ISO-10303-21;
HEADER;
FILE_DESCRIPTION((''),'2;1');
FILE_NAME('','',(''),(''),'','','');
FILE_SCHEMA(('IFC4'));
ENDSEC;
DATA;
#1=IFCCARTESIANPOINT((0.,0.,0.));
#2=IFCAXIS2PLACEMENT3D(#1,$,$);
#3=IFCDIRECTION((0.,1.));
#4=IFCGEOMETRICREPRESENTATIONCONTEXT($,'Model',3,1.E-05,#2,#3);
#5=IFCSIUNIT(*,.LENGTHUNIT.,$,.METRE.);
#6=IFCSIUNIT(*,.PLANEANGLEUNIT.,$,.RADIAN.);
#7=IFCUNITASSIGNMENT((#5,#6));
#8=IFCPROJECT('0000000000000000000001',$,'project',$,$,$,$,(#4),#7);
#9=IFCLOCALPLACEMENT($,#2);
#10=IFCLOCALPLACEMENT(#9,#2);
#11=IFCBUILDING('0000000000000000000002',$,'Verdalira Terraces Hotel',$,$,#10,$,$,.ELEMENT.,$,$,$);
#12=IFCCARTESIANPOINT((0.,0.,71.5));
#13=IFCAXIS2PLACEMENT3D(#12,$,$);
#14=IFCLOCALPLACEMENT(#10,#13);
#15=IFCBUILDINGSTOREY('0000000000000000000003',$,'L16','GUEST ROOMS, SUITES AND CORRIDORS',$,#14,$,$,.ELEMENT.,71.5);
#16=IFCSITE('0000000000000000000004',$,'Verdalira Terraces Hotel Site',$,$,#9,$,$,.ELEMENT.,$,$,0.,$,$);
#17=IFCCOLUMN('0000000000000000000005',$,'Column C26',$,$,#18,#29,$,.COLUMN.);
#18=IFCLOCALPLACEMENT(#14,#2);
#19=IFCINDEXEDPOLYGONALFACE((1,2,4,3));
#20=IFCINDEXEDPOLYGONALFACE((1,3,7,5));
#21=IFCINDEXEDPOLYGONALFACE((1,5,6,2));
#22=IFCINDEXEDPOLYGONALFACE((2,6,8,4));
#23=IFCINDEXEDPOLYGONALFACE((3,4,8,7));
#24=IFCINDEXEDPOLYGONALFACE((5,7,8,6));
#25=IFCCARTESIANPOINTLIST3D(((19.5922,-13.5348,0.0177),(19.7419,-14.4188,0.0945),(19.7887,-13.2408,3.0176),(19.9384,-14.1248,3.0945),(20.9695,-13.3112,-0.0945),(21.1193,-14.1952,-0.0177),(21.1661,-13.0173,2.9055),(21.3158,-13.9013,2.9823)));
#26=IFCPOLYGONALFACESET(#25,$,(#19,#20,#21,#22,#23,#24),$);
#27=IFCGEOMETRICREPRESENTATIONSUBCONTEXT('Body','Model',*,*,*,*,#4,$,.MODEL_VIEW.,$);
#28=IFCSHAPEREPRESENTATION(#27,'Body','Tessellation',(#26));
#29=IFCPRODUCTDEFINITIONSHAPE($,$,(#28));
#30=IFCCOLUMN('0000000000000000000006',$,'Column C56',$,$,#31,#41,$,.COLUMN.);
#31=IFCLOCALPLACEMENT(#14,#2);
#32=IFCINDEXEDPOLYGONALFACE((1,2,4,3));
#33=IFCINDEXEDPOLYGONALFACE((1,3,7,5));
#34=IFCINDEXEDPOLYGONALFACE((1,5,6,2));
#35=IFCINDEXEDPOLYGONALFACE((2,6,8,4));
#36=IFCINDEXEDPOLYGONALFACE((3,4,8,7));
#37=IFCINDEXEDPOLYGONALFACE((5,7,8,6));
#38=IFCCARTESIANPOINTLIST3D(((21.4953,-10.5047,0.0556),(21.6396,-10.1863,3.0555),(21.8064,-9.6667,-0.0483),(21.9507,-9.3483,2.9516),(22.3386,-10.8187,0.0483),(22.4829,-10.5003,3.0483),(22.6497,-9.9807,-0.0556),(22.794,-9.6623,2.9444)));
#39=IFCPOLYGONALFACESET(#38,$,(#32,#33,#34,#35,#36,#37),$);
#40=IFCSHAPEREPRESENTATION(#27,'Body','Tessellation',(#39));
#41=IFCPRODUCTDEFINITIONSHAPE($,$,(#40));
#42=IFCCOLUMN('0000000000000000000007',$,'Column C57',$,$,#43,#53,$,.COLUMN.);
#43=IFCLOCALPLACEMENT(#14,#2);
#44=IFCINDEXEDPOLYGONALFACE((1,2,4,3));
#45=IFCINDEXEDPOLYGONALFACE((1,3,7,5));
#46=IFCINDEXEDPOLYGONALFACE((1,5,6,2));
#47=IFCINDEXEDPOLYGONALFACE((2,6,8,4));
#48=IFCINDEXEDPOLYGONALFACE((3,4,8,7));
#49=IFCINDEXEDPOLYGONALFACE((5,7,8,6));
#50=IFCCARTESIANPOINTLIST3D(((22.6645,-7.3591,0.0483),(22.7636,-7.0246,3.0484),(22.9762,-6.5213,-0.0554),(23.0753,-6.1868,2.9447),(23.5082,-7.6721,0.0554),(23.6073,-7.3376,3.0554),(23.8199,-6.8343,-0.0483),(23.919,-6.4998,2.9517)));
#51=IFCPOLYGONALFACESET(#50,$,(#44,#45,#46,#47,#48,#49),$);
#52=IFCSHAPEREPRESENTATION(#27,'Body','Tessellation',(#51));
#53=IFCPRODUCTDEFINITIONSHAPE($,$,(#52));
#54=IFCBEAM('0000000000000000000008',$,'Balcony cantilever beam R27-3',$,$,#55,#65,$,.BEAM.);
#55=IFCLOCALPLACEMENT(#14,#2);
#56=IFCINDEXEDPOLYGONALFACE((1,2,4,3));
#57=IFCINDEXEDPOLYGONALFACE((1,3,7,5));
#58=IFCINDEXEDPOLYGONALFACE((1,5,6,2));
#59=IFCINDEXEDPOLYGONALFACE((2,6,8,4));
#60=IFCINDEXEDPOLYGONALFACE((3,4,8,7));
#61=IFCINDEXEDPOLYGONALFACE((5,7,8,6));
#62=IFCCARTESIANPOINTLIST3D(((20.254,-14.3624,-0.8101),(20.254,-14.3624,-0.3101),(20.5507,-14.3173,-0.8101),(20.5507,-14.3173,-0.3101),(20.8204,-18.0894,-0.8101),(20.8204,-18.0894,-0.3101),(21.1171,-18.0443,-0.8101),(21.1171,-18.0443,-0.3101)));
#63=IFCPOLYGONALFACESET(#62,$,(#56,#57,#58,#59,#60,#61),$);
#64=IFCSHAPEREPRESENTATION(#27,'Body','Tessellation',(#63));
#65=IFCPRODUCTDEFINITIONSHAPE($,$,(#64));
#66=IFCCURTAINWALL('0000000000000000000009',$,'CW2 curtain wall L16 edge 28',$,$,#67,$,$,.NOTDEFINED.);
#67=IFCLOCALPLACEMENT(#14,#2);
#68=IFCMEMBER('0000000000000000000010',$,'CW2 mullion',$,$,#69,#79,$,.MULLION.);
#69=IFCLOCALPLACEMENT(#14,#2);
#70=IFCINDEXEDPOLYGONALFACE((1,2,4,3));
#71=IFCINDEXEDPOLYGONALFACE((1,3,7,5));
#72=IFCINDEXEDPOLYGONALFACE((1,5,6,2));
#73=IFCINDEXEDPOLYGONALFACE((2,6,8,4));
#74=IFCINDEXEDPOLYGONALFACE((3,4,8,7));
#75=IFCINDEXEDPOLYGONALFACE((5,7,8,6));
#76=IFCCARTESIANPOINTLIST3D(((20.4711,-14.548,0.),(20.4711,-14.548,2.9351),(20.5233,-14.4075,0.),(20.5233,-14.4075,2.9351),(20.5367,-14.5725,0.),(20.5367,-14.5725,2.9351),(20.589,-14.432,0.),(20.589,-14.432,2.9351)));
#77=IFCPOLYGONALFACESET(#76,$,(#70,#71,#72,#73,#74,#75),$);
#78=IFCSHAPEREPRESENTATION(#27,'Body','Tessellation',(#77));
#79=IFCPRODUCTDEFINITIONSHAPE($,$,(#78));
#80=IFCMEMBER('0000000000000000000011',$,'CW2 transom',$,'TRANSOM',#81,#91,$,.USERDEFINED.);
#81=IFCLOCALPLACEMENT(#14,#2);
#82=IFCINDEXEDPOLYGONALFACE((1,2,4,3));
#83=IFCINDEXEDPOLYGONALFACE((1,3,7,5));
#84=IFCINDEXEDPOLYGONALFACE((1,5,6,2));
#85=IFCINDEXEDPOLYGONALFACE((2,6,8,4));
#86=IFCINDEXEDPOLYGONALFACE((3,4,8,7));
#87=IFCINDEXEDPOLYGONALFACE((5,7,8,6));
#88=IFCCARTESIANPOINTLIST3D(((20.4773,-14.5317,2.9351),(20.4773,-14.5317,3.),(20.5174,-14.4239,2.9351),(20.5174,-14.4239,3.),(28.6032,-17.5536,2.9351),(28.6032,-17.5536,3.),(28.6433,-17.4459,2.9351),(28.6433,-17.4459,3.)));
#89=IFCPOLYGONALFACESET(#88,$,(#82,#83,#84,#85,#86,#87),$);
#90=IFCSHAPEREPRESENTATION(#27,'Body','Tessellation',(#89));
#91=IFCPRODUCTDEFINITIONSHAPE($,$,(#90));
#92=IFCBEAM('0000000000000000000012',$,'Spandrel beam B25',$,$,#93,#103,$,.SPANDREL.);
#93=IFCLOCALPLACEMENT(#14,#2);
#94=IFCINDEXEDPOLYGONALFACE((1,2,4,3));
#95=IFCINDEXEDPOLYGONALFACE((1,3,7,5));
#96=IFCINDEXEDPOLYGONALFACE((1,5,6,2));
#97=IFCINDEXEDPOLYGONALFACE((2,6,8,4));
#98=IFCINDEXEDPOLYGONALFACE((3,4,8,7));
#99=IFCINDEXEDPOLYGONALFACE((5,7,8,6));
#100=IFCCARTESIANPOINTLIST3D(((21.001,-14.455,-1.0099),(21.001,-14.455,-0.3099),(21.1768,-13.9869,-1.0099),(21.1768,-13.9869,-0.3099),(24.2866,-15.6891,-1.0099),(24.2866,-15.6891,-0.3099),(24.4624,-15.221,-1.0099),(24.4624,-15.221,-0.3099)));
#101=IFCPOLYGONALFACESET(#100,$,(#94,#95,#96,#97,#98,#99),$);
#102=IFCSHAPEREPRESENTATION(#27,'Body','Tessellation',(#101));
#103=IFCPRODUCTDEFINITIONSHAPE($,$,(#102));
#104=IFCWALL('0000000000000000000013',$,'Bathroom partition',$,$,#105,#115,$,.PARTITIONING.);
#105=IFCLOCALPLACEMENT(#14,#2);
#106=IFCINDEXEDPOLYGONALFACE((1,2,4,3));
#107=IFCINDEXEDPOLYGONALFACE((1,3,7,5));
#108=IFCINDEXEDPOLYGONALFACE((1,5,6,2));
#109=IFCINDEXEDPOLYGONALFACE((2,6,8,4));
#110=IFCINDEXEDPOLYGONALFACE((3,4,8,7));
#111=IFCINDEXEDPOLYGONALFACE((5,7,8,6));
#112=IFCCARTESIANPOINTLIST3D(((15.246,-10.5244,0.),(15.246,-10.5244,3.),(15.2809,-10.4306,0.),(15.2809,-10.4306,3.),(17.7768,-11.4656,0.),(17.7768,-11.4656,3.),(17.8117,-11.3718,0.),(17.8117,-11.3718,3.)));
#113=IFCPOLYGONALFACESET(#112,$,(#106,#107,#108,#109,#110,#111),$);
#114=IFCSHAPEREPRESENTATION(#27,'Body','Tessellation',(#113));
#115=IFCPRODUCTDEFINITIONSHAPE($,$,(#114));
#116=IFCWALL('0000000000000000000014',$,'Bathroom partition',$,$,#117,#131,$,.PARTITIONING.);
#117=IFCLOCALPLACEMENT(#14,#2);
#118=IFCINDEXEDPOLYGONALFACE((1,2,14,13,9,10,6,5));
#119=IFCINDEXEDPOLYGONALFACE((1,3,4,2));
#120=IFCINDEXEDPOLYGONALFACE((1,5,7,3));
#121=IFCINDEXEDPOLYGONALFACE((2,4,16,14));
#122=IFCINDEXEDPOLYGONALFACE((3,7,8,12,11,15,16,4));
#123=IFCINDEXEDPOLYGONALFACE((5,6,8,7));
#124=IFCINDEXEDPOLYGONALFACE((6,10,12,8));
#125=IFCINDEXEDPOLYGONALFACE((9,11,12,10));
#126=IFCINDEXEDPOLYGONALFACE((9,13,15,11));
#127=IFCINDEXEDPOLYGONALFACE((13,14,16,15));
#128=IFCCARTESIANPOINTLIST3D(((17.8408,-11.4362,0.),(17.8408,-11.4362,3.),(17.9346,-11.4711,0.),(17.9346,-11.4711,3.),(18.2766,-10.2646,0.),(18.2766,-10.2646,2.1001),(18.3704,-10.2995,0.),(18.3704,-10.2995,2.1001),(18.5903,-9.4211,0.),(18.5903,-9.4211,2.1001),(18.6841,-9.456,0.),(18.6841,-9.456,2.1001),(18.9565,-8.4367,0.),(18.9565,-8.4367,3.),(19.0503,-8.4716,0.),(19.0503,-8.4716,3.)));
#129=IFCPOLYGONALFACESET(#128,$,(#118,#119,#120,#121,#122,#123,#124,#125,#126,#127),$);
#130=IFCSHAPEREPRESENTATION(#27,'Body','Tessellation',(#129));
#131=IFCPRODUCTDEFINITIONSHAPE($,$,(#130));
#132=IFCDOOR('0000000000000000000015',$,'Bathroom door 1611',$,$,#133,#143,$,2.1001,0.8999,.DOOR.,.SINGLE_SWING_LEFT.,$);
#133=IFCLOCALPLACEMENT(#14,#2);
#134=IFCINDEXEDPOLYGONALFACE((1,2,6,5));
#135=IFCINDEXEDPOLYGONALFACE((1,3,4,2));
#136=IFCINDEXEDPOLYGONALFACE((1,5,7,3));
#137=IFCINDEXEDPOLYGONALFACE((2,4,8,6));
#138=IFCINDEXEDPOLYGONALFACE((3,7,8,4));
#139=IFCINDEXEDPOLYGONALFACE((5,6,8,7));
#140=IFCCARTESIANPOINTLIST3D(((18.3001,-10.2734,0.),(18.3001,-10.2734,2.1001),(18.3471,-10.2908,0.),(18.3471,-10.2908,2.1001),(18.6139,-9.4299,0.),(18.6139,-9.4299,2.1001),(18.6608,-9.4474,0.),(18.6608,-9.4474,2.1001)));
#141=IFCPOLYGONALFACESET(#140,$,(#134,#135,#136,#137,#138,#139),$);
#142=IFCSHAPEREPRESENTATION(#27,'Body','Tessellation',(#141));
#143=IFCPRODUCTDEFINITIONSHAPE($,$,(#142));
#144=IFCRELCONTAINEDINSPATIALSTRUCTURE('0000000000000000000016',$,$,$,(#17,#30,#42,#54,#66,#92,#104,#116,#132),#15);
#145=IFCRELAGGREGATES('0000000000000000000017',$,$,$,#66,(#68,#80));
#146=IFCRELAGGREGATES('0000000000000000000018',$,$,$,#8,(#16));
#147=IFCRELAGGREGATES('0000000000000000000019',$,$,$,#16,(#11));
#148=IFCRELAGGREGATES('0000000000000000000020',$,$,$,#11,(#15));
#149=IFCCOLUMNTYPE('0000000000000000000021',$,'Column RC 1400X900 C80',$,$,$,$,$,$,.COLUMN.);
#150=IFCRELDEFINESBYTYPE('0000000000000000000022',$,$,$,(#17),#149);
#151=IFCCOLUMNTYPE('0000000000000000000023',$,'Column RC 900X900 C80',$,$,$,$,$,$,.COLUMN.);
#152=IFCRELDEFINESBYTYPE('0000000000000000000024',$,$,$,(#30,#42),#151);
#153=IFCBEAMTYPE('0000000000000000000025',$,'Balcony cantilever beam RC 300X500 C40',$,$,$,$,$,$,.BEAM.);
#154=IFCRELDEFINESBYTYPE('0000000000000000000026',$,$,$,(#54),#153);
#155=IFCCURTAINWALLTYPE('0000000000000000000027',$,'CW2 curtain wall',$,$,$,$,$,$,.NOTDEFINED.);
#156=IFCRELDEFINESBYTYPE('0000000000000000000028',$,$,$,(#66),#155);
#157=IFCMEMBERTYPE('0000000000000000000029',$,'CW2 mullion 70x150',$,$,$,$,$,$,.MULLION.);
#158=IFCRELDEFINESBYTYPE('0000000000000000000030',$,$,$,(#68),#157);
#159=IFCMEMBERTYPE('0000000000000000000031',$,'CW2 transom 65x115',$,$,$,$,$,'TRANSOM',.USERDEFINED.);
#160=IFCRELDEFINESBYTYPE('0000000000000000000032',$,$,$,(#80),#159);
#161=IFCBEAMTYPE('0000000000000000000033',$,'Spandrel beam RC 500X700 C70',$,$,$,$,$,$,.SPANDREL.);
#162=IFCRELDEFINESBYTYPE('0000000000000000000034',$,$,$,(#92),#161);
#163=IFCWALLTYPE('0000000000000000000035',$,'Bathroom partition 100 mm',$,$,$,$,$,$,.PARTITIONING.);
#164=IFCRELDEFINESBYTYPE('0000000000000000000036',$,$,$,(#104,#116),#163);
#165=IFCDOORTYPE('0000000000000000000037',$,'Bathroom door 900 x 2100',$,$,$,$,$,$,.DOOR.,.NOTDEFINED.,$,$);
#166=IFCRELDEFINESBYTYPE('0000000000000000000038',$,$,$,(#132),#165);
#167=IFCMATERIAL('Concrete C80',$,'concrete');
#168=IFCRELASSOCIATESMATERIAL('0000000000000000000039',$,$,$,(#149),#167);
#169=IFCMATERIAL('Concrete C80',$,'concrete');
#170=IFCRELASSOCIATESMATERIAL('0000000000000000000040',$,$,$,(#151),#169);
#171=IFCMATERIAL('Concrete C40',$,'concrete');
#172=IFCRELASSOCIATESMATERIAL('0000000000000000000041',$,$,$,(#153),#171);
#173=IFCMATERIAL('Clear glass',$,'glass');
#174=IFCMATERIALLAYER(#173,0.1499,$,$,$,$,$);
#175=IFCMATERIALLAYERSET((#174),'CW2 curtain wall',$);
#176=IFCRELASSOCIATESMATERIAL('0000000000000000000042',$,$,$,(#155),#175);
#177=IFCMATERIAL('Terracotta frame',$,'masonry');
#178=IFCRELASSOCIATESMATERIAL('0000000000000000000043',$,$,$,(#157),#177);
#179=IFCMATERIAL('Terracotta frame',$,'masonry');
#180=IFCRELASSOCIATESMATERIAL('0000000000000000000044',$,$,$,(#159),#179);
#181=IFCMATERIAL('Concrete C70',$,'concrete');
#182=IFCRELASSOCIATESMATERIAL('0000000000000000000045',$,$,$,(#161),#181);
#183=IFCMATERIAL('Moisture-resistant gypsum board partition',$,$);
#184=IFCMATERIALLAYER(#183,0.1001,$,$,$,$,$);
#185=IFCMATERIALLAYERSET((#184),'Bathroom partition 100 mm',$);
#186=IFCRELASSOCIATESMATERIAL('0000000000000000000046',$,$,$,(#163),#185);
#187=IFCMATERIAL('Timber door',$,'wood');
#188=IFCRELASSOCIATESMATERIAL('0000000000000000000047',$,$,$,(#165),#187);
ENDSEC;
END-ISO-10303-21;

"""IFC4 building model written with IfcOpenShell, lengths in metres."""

from ifc_helpers import new_model, si_unit, direction, frame, frame_2d, origin, origin_2d, place, context, subcontext, project, spatial, rectangle, extrude, material, layer, layer_set, material_profile, profile_set, type_object, element, fill, aggregate, save


model = new_model("IFC4")

# Units and contexts
model_context = context("Model", 3, precision=1e-05, world=origin(), true_north=direction((0.0, 1.0)))
body_context = subcontext(model_context, "Body", "Model", "MODEL_VIEW")
ifc_project = project(units=[si_unit("LENGTHUNIT", "METRE"), si_unit("PLANEANGLEUNIT", "RADIAN")], contexts=[model_context])

# Site, building, storey
site_placement = place(None, origin())
site = spatial("IfcSite", under=ifc_project, at=site_placement, Name="Verdalira Terraces Hotel Site", CompositionType="ELEMENT", RefElevation=0.0)
building_placement = place(site_placement, origin())
building = spatial("IfcBuilding", under=site, at=building_placement, Name="Verdalira Terraces Hotel", CompositionType="ELEMENT")
storey_placement = place(building_placement, frame((0.0, 0.0, 71.5)))
storey = spatial("IfcBuildingStorey", under=building, at=storey_placement, Name="L16", Description="GUEST ROOMS, SUITES AND CORRIDORS", CompositionType="ELEMENT", Elevation=71.5)

# Columns
ifc_material_1 = material(Name="Concrete C80", Category="concrete")
ifc_material_profile_1 = material_profile(ifc_material_1, rectangle(XDim=1.3999, YDim=0.8999, at=origin_2d()), Name="RC 1400X900")
ifc_profile_set_1 = profile_set([ifc_material_profile_1], Name="Concrete C80")
column_type_1 = type_object("IfcColumnType", Name="Column RC 1400X900 C80", PredefinedType="COLUMN", material=ifc_profile_set_1)
column_placement = place(storey_placement, frame((20.3557, -13.865, 0.0), z_axis=(0.065061, 0.097308, 0.993125), x_axis=(-0.983912, -0.159691, 0.080104)))
element("IfcColumn", 1, at=column_placement, inside=storey, type_object=column_type_1, Name="Column C26", PredefinedType="COLUMN", context=body_context, shape_type="SweptSolid", body=[
    extrude(rectangle(XDim=1.3999, YDim=0.8999, at=origin_2d()), origin(), (0.0, 0.0, 1.0), 3.0208),
])
ifc_material_2 = material(Name="Concrete C80", Category="concrete")
ifc_material_profile_2 = material_profile(ifc_material_2, rectangle(XDim=0.8999, YDim=0.8999, at=origin_2d()), Name="RC 900X900")
ifc_profile_set_2 = profile_set([ifc_material_profile_2], Name="Concrete C80")
column_type_2 = type_object("IfcColumnType", Name="Column RC 900X900 C80", PredefinedType="COLUMN", material=ifc_profile_set_2)
for number, where, z_axis, x_axis, name in (
    (2, (22.0725, -10.2427, 0.0), (0.047773, 0.105407, 0.993281), (0.937124, -0.348905, -0.008046), "Column C56"),
    (3, (23.2422, -7.0967, 0.0), (0.032819, 0.110745, 0.993307), (0.937521, -0.347841, 0.007805), "Column C57"),
):
    element("IfcColumn", number, at=place(storey_placement, frame(where, z_axis=z_axis, x_axis=x_axis)), inside=storey, type_object=column_type_2, Name=name, PredefinedType="COLUMN", context=body_context, shape_type="SweptSolid", body=[
        extrude(rectangle(XDim=0.8999, YDim=0.8999, at=origin_2d()), origin(), (0.0, 0.0, 1.0), 3.0203),
    ])

# Beam
ifc_material_3 = material(Name="Concrete C40", Category="concrete")
ifc_material_profile_3 = material_profile(ifc_material_3, rectangle(XDim=0.3, YDim=0.5, at=origin_2d()), Name="RC 300X500")
ifc_profile_set_3 = profile_set([ifc_material_profile_3], Name="Concrete C40")
beam_type_1 = type_object("IfcBeamType", Name="Balcony cantilever beam RC 300X500 C40", PredefinedType="BEAM", material=ifc_profile_set_3)
beam_1_placement = place(storey_placement, frame((20.4023, -14.3398, -0.5601), z_axis=(0.150247, -0.988649, 0.0), x_axis=(0.988649, 0.150247, 0.0)))
element("IfcBeam", 4, at=beam_1_placement, inside=storey, type_object=beam_type_1, Name="Balcony cantilever beam R27-3", PredefinedType="BEAM", context=body_context, shape_type="SweptSolid", body=[
    extrude(rectangle(XDim=0.3, YDim=0.5, at=origin_2d()), origin(), (0.0, 0.0, 1.0), 3.7698),
])

# Curtain wall, members
ifc_material_4 = material(Name="Clear glass", Category="glass")
ifc_layer_1 = layer(ifc_material_4, 0.1499)
ifc_layer_set_1 = layer_set([ifc_layer_1], Name="CW2 curtain wall")
curtain_wall_type = type_object("IfcCurtainWallType", Name="CW2 curtain wall", PredefinedType="NOTDEFINED", material=ifc_layer_set_1)
curtain_wall_placement = place(storey_placement, origin())
curtain_wall = element("IfcCurtainWall", 5, at=curtain_wall_placement, inside=storey, type_object=curtain_wall_type, Name="CW2 curtain wall L16 edge 28", PredefinedType="NOTDEFINED")
ifc_material_5 = material(Name="Terracotta frame", Category="masonry")
ifc_material_profile_4 = material_profile(ifc_material_5, rectangle(XDim=0.0701, YDim=0.1499, at=origin_2d()), Name="MU 70x150")
ifc_profile_set_4 = profile_set([ifc_material_profile_4], Name="Terracotta frame")
member_type_1 = type_object("IfcMemberType", Name="CW2 mullion 70x150", PredefinedType="MULLION", material=ifc_profile_set_4)
member_1_placement = place(storey_placement, frame((20.53, -14.49, 0.0), z_axis=(0.0, 0.0, 1.0), x_axis=(0.937282, -0.348572, 0.0)))
member_1 = element("IfcMember", 6, at=member_1_placement, type_object=member_type_1, Name="CW2 mullion", PredefinedType="MULLION", context=body_context, shape_type="SweptSolid", body=[
    extrude(rectangle(XDim=0.0701, YDim=0.1499, at=origin_2d()), origin(), (0.0, 0.0, 1.0), 2.9351),
])
ifc_material_6 = material(Name="Terracotta frame", Category="masonry")
ifc_material_profile_5 = material_profile(ifc_material_6, rectangle(XDim=0.115, YDim=0.0649, at=origin_2d()), Name="TR 65x115")
ifc_profile_set_5 = profile_set([ifc_material_profile_5], Name="Terracotta frame")
member_type_2 = type_object("IfcMemberType", Name="CW2 transom 65x115", ElementType="TRANSOM", PredefinedType="USERDEFINED", material=ifc_profile_set_5)
member_2_placement = place(storey_placement, frame((20.4973, -14.4778, 2.9675), z_axis=(0.937284, -0.348567, 0.0), x_axis=(0.348567, 0.937284, 0.0)))
member_2 = element("IfcMember", 7, at=member_2_placement, type_object=member_type_2, Name="CW2 transom", ObjectType="TRANSOM", PredefinedType="USERDEFINED", context=body_context, shape_type="SweptSolid", body=[
    extrude(rectangle(XDim=0.115, YDim=0.0649, at=origin_2d()), origin(), (0.0, 0.0, 1.0), 8.6697),
])
aggregate(curtain_wall, [member_1, member_2])

# Beam
ifc_material_7 = material(Name="Concrete C70", Category="concrete")
ifc_material_profile_6 = material_profile(ifc_material_7, rectangle(XDim=0.5, YDim=0.7, at=origin_2d()), Name="RC 500X700")
ifc_profile_set_6 = profile_set([ifc_material_profile_6], Name="Concrete C70")
beam_type_2 = type_object("IfcBeamType", Name="Spandrel beam RC 500X700 C70", PredefinedType="SPANDREL", material=ifc_profile_set_6)
beam_2_placement = place(storey_placement, frame((21.0889, -14.2209, -0.6599), z_axis=(0.93614, -0.351627, 0.0), x_axis=(0.351627, 0.93614, 0.0)))
element("IfcBeam", 8, at=beam_2_placement, inside=storey, type_object=beam_type_2, Name="Spandrel beam B25", PredefinedType="SPANDREL", context=body_context, shape_type="SweptSolid", body=[
    extrude(rectangle(XDim=0.5, YDim=0.7, at=origin_2d()), origin(), (0.0, 0.0, 1.0), 3.5098),
])

# Wall
ifc_material_8 = material(Name="Moisture-resistant gypsum board partition")
ifc_layer_2 = layer(ifc_material_8, 0.1001)
ifc_layer_set_2 = layer_set([ifc_layer_2], Name="Bathroom partition 100 mm")
wall_type_1 = type_object("IfcWallType", Name="Bathroom partition 100 mm", PredefinedType="PARTITIONING", material=ifc_layer_set_2)
wall_1_placement = place(storey_placement, frame((15.2634, -10.4775, 0.0), z_axis=(0.0, 0.0, 1.0), x_axis=(0.937284, -0.348566, 0.0)))
element("IfcWall", 9, at=wall_1_placement, inside=storey, type_object=wall_type_1, Name="Bathroom partition", PredefinedType="PARTITIONING", context=body_context, shape_type="SweptSolid", body=[
    extrude(rectangle(XDim=2.7002, YDim=0.1001, at=frame_2d((1.3501, 0.0))), origin(), (0.0, 0.0, 1.0), 3.0),
])

# Wall, opening, door
wall_2_placement = place(storey_placement, frame((17.8877, -11.4536, 0.0), z_axis=(0.0, 0.0, 1.0), x_axis=(0.348631, 0.93726, 0.0)))
wall_2 = element("IfcWall", 10, at=wall_2_placement, inside=storey, type_object=wall_type_1, Name="Bathroom partition", PredefinedType="PARTITIONING", context=body_context, shape_type="SweptSolid", body=[
    extrude(rectangle(XDim=3.2002, YDim=0.1001, at=frame_2d((1.6001, 0.0))), origin(), (0.0, 0.0, 1.0), 3.0),
])
opening_1_placement = place(wall_2_placement, frame((1.25, 0.0, 0.0)))
opening_1 = element("IfcOpeningElement", 11, at=opening_1_placement, cuts=wall_2, PredefinedType="OPENING", context=body_context, shape_type="SweptSolid", body=[
    extrude(rectangle(XDim=0.8999, YDim=2.1001, at=frame_2d((0.45, 1.05))), frame((0.0, 0.0601, 0.0), z_axis=(0.0, -1.0, 0.0), x_axis=(1.0, 0.0, 0.0)), (0.0, 0.0, 1.0), 0.1201),
])
ifc_material_9 = material(Name="Timber door", Category="wood")
door_type_1 = type_object("IfcDoorType", Name="Bathroom door 900 x 2100", OperationType="NOTDEFINED", PredefinedType="DOOR", material=ifc_material_9)
door_1_placement = place(opening_1_placement, origin())
door_1 = element("IfcDoor", 12, at=door_1_placement, inside=storey, type_object=door_type_1, Name="Bathroom door 1611", OperationType="SINGLE_SWING_LEFT", OverallHeight=2.1001, OverallWidth=0.8999, PredefinedType="DOOR", context=body_context, shape_type="SweptSolid", body=[
    extrude(rectangle(XDim=0.8999, YDim=2.1001, at=frame_2d((0.45, 1.05))), frame((0.0, 0.0249, 0.0), z_axis=(0.0, -1.0, 0.0), x_axis=(1.0, 0.0, 0.0)), (0.0, 0.0, 1.0), 0.05),
])
fill(opening_1, door_1)

save(model, "model.ifc")
